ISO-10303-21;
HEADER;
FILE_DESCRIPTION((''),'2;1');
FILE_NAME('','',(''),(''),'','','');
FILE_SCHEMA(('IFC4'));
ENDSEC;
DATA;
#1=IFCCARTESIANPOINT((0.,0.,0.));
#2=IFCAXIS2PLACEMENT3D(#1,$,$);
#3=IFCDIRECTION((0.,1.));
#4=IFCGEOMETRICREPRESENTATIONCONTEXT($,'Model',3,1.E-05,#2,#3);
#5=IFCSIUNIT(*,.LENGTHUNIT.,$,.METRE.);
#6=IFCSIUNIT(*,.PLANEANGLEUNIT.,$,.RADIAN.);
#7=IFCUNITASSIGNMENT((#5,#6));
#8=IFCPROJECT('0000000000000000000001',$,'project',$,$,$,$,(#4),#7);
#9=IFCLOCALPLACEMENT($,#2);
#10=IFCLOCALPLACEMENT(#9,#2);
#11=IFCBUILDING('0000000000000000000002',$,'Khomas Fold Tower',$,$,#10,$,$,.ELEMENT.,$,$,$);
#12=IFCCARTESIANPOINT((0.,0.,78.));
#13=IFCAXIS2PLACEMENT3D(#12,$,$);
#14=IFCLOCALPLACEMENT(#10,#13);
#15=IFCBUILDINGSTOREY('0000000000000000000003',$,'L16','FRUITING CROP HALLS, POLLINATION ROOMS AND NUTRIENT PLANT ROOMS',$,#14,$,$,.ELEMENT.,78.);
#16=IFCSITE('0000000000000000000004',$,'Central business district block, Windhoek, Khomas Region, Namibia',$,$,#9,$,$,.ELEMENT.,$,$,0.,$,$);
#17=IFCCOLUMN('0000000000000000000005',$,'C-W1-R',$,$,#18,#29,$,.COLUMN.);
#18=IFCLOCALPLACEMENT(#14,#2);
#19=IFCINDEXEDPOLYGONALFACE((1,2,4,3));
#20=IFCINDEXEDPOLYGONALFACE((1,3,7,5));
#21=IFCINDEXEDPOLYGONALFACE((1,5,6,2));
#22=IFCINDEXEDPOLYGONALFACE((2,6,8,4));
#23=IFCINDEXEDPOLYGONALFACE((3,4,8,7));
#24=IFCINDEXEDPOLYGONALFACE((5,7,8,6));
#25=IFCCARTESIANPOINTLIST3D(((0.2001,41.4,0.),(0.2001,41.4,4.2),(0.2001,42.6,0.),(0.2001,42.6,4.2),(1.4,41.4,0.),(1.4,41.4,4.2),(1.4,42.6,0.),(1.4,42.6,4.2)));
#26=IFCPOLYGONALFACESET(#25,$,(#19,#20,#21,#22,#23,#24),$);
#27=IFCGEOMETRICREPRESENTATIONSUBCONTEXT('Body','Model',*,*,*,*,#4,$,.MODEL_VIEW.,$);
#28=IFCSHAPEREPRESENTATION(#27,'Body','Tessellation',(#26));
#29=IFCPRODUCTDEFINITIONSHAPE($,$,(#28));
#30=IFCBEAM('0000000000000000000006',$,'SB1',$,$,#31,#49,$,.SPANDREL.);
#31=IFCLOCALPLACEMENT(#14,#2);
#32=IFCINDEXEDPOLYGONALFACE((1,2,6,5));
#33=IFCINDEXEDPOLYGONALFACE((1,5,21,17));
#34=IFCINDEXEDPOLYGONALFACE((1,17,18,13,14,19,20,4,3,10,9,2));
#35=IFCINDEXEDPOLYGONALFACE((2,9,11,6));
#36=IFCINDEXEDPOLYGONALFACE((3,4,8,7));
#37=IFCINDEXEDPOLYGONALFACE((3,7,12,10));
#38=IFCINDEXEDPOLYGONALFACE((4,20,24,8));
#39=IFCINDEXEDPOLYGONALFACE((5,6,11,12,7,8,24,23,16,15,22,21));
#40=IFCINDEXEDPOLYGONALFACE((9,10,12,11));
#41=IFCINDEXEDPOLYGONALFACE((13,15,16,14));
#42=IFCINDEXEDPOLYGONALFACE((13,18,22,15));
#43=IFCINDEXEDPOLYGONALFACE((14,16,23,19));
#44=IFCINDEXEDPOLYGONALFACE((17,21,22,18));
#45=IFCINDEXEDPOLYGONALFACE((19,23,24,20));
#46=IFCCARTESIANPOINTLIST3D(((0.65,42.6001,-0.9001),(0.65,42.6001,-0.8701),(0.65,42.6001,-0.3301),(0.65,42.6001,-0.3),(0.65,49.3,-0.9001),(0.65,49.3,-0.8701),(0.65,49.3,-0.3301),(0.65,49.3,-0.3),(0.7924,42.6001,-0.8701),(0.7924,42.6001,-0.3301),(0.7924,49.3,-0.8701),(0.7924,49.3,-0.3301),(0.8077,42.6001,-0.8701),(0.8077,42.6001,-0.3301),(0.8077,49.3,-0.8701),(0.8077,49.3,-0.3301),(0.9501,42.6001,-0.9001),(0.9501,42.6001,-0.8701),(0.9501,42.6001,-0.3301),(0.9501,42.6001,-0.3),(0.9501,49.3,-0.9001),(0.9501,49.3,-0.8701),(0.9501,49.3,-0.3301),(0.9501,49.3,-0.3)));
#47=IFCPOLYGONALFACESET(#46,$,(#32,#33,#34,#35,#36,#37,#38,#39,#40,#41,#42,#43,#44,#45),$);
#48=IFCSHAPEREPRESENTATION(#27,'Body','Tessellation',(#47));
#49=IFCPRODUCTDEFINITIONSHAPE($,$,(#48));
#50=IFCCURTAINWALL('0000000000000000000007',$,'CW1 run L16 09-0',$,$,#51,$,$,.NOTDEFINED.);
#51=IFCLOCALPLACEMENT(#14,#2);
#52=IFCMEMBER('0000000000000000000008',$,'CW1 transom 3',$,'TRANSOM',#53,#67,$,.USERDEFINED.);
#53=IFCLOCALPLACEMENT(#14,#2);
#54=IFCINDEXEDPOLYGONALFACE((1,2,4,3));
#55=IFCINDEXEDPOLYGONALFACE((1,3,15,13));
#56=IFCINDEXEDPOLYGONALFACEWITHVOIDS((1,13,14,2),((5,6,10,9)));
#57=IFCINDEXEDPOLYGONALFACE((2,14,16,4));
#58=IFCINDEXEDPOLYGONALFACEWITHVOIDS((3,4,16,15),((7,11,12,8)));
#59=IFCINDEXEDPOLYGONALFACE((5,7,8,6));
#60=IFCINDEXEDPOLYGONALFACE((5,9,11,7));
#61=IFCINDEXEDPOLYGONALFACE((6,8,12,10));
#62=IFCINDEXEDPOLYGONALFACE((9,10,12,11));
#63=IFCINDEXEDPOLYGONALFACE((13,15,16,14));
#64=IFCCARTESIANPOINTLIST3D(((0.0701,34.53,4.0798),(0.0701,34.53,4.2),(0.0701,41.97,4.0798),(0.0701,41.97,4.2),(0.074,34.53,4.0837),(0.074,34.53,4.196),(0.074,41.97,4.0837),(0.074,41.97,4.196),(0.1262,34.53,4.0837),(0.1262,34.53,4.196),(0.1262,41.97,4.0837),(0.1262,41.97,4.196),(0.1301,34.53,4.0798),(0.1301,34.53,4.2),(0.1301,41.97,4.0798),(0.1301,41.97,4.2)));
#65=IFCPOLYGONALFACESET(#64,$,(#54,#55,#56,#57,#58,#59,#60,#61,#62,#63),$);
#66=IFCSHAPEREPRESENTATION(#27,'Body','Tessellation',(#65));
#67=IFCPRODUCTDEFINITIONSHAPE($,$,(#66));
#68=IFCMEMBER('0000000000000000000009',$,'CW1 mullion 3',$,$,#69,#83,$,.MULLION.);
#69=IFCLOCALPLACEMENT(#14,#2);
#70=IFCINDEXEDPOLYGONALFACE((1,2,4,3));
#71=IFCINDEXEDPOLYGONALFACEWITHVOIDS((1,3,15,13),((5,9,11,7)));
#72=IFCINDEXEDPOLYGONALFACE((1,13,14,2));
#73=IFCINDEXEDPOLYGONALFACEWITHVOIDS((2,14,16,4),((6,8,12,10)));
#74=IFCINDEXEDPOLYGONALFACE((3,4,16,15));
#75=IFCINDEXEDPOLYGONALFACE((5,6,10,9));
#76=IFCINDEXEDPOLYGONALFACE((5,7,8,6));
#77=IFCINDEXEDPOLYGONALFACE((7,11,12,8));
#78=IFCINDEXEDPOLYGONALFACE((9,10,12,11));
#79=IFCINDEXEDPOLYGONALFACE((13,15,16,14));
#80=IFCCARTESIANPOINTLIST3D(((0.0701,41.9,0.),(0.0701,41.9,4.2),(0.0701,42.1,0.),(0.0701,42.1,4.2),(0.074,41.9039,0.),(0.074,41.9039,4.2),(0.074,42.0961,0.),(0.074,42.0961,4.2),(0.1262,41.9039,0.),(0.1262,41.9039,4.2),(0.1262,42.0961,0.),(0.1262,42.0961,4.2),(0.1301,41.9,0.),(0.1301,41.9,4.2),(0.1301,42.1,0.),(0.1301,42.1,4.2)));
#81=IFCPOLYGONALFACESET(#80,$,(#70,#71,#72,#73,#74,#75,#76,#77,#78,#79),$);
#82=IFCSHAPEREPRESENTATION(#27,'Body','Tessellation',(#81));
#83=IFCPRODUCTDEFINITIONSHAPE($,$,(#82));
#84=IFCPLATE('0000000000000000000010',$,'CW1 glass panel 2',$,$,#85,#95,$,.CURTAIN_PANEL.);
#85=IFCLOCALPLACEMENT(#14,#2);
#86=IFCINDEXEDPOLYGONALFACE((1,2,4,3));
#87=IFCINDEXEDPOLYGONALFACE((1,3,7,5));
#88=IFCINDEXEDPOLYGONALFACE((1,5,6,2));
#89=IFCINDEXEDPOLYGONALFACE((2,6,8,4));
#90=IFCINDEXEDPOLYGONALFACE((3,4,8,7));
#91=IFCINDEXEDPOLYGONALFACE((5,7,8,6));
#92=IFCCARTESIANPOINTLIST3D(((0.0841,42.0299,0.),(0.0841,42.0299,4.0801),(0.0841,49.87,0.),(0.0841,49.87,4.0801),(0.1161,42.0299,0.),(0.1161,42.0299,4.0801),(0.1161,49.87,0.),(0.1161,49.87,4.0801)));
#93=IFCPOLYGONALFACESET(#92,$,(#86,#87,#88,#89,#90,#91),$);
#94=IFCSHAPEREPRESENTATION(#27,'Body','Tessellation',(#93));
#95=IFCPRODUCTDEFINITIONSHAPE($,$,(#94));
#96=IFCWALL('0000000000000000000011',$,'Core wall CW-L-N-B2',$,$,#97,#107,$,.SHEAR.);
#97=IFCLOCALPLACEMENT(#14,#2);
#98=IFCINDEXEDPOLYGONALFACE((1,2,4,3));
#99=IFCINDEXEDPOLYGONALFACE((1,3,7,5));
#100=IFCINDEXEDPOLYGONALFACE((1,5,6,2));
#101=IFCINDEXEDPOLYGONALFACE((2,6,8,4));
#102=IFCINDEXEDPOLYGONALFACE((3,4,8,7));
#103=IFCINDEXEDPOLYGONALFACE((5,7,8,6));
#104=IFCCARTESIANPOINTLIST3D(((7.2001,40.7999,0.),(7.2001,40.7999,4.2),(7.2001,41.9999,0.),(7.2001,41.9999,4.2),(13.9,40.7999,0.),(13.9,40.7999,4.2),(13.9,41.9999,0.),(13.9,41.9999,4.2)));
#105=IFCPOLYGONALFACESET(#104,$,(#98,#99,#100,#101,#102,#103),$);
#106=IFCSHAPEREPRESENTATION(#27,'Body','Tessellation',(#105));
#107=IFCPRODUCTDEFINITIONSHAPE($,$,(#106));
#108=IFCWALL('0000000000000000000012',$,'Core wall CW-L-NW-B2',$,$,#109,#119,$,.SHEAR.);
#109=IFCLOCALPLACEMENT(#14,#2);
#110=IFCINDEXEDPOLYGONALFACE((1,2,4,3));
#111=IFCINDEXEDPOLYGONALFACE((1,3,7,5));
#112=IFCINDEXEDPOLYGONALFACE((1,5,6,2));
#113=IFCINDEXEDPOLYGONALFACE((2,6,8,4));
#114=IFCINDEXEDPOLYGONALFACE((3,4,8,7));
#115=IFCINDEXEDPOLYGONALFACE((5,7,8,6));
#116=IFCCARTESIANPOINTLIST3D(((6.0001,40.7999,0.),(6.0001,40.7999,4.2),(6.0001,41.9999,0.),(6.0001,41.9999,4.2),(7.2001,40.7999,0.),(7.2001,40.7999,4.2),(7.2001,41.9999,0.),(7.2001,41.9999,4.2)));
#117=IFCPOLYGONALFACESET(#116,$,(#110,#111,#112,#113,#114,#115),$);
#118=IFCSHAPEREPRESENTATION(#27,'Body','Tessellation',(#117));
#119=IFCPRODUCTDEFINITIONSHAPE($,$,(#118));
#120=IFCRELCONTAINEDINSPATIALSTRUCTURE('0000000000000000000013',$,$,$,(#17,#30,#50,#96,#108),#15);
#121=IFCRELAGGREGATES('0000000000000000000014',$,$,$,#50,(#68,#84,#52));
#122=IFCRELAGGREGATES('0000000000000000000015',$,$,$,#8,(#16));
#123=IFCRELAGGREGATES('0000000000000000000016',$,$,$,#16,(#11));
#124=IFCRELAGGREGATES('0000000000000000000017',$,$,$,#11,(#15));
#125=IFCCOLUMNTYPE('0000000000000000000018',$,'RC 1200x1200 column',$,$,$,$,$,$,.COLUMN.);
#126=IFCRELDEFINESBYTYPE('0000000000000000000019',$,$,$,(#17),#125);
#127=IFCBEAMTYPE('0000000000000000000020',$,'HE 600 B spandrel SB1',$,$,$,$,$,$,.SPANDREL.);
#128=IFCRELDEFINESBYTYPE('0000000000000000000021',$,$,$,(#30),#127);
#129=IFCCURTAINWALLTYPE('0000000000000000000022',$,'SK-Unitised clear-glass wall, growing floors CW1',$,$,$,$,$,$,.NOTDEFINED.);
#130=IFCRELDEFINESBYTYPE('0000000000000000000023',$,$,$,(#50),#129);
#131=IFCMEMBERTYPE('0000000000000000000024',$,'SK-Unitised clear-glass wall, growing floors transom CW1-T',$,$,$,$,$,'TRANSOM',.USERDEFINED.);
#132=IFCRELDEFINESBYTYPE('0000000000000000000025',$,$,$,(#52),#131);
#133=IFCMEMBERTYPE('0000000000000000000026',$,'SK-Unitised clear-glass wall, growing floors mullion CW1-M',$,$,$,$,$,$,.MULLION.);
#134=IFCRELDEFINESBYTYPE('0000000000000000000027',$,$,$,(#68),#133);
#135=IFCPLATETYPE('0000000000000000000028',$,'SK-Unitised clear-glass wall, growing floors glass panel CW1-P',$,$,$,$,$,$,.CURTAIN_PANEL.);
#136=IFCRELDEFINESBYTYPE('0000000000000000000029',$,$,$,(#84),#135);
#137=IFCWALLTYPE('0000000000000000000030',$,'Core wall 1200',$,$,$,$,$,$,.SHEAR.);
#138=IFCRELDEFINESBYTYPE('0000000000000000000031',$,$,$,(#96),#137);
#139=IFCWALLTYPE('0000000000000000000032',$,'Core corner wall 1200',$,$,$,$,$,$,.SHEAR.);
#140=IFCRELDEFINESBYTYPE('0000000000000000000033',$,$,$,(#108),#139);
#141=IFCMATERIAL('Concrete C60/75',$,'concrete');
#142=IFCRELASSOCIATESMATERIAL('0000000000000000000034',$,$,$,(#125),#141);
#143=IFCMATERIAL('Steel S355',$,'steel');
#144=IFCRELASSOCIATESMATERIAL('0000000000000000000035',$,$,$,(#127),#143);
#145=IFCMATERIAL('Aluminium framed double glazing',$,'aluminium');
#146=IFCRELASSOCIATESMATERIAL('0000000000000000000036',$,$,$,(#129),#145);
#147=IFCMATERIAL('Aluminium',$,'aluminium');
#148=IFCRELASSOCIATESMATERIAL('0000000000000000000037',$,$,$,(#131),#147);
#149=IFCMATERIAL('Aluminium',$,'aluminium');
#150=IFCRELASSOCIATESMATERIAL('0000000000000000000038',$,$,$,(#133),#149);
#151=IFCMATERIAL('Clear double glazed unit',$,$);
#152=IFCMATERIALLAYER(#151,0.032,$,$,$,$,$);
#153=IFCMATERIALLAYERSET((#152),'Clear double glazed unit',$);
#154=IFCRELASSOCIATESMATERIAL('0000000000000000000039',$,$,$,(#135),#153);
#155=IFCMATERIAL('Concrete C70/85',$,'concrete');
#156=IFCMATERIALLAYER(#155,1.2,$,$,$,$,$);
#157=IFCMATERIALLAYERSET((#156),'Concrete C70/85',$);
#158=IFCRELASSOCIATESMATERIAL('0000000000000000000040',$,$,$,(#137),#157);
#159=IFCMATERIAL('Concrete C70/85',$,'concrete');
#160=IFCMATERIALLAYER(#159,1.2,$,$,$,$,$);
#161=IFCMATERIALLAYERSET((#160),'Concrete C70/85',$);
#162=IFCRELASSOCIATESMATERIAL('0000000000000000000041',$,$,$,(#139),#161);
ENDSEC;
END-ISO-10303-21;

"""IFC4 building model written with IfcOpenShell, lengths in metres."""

from ifc_helpers import new_model, si_unit, direction, frame, frame_2d, origin, origin_2d, place, context, subcontext, project, spatial, rectangle, hollow_rectangle, i_section, extrude, source, transform, mapped, material, layer, layer_set, material_profile, profile_set, type_object, element, aggregate, save


model = new_model("IFC4")

# Units and contexts
model_context = context("Model", 3, precision=1e-05, world=origin(), true_north=direction((0.0, 1.0)))
body_context = subcontext(model_context, "Body", "Model", "MODEL_VIEW")
ifc_project = project(units=[si_unit("LENGTHUNIT", "METRE"), si_unit("PLANEANGLEUNIT", "RADIAN")], contexts=[model_context])

# Site, building, storey
site_placement = place(None, origin())
site = spatial("IfcSite", under=ifc_project, at=site_placement, Name="Central business district block, Windhoek, Khomas Region, Namibia", CompositionType="ELEMENT", RefElevation=0.0)
building_placement = place(site_placement, origin())
building = spatial("IfcBuilding", under=site, at=building_placement, Name="Khomas Fold Tower", CompositionType="ELEMENT")
storey_placement = place(building_placement, frame((0.0, 0.0, 78.0)))
storey = spatial("IfcBuildingStorey", under=building, at=storey_placement, Name="L16", Description="FRUITING CROP HALLS, POLLINATION ROOMS AND NUTRIENT PLANT ROOMS", CompositionType="ELEMENT", Elevation=78.0)

# Column
ifc_material_1 = material(Name="Concrete C60/75", Category="concrete")
ifc_material_profile_1 = material_profile(ifc_material_1, rectangle(XDim=1.2, YDim=1.2, at=origin_2d()), Name="RC 1200x1200")
ifc_profile_set_1 = profile_set([ifc_material_profile_1], Name="Concrete C60/75")
column_type = type_object("IfcColumnType", Name="RC 1200x1200 column", PredefinedType="COLUMN", material=ifc_profile_set_1)
shared_shape_1 = source(origin(), body_context, "Body", "SweptSolid", [
    extrude(rectangle(XDim=1.2, YDim=1.2, at=origin_2d()), origin(), (0.0, 0.0, 1.0), 4.2),
])
column_placement = place(storey_placement, frame((0.8, 42.0, 0.0), z_axis=(0.0, 0.0, 1.0), x_axis=(1.0, 0.0, 0.0)))
element("IfcColumn", 1, at=column_placement, inside=storey, type_object=column_type, Name="C-W1-R", PredefinedType="COLUMN", context=body_context, shape_type="MappedRepresentation", body=[
    mapped(shared_shape_1, transform((0.0, 0.0, 0.0))),
])

# Beam
ifc_material_2 = material(Name="Steel S355", Category="steel")
ifc_material_profile_2 = material_profile(ifc_material_2, i_section(OverallWidth=0.3, OverallDepth=0.6001, WebThickness=0.0154, FlangeThickness=0.03, at=origin_2d()), Name="HE 600 B")
ifc_profile_set_2 = profile_set([ifc_material_profile_2], Name="Steel S355")
beam_type = type_object("IfcBeamType", Name="HE 600 B spandrel SB1", PredefinedType="SPANDREL", material=ifc_profile_set_2)
shared_shape_2 = source(origin(), body_context, "Body", "SweptSolid", [
    extrude(i_section(OverallWidth=0.3, OverallDepth=0.6001, WebThickness=0.0154, FlangeThickness=0.03, at=origin_2d()), origin(), (0.0, 0.0, 1.0), 6.7),
])
beam_placement = place(storey_placement, frame((0.8, 42.6001, -0.6001), z_axis=(0.0, 1.0, 0.0), x_axis=(-1.0, 0.0, 0.0)))
element("IfcBeam", 2, at=beam_placement, inside=storey, type_object=beam_type, Name="SB1", PredefinedType="SPANDREL", context=body_context, shape_type="MappedRepresentation", body=[
    mapped(shared_shape_2, transform((0.0, 0.0, 0.0))),
])

# Curtain wall, members, plate
ifc_material_3 = material(Name="Aluminium framed double glazing", Category="aluminium")
curtain_wall_type = type_object("IfcCurtainWallType", Name="SK-Unitised clear-glass wall, growing floors CW1", PredefinedType="NOTDEFINED", material=ifc_material_3)
curtain_wall_placement = place(storey_placement, origin())
curtain_wall = element("IfcCurtainWall", 3, at=curtain_wall_placement, inside=storey, type_object=curtain_wall_type, Name="CW1 run L16 09-0", PredefinedType="NOTDEFINED")
ifc_material_4 = material(Name="Aluminium", Category="aluminium")
ifc_material_profile_3 = material_profile(ifc_material_4, hollow_rectangle(XDim=0.0601, YDim=0.1201, WallThickness=0.0039, at=origin_2d()), Name="SK-Unitised clear-glass wall, growing floors transom CW1-T")
ifc_profile_set_3 = profile_set([ifc_material_profile_3], Name="Aluminium")
member_type_1 = type_object("IfcMemberType", Name="SK-Unitised clear-glass wall, growing floors transom CW1-T", ElementType="TRANSOM", PredefinedType="USERDEFINED", material=ifc_profile_set_3)
shared_shape_3 = source(origin(), body_context, "Body", "SweptSolid", [
    extrude(hollow_rectangle(XDim=0.0601, YDim=0.1201, WallThickness=0.0039, at=origin_2d()), origin(), (0.0, 0.0, 1.0), 7.4399),
])
member_1_placement = place(storey_placement, frame((0.1001, 41.97, 4.1399), z_axis=(0.0, -1.0, 0.0), x_axis=(1.0, 0.0, 0.0)))
member_1 = element("IfcMember", 4, at=member_1_placement, type_object=member_type_1, Name="CW1 transom 3", ObjectType="TRANSOM", PredefinedType="USERDEFINED", context=body_context, shape_type="MappedRepresentation", body=[
    mapped(shared_shape_3, transform((0.0, 0.0, 0.0))),
])
ifc_material_5 = material(Name="Aluminium", Category="aluminium")
ifc_material_profile_4 = material_profile(ifc_material_5, hollow_rectangle(XDim=0.0601, YDim=0.2, WallThickness=0.0039, at=origin_2d()), Name="SK-Unitised clear-glass wall, growing floors mullion CW1-M")
ifc_profile_set_4 = profile_set([ifc_material_profile_4], Name="Aluminium")
member_type_2 = type_object("IfcMemberType", Name="SK-Unitised clear-glass wall, growing floors mullion CW1-M", PredefinedType="MULLION", material=ifc_profile_set_4)
shared_shape_4 = source(origin(), body_context, "Body", "SweptSolid", [
    extrude(hollow_rectangle(XDim=0.0601, YDim=0.2, WallThickness=0.0039, at=origin_2d()), origin(), (0.0, 0.0, 1.0), 4.2),
])
member_2_placement = place(storey_placement, frame((0.1001, 42.0, 0.0), z_axis=(0.0, 0.0, 1.0), x_axis=(1.0, 0.0, 0.0)))
member_2 = element("IfcMember", 5, at=member_2_placement, type_object=member_type_2, Name="CW1 mullion 3", PredefinedType="MULLION", context=body_context, shape_type="MappedRepresentation", body=[
    mapped(shared_shape_4, transform((0.0, 0.0, 0.0))),
])
ifc_material_6 = material(Name="Clear double glazed unit")
ifc_layer_1 = layer(ifc_material_6, 0.032)
ifc_layer_set_1 = layer_set([ifc_layer_1], Name="Clear double glazed unit")
plate_type = type_object("IfcPlateType", Name="SK-Unitised clear-glass wall, growing floors glass panel CW1-P", PredefinedType="CURTAIN_PANEL", material=ifc_layer_set_1)
shared_shape_5 = source(origin(), body_context, "Body", "SweptSolid", [
    extrude(rectangle(XDim=7.8401, YDim=0.032, at=origin_2d()), origin(), (0.0, 0.0, 1.0), 4.0801),
])
plate_placement = place(storey_placement, frame((0.1001, 45.95, 0.0), z_axis=(0.0, 0.0, 1.0), x_axis=(0.0, -1.0, 0.0)))
plate = element("IfcPlate", 6, at=plate_placement, type_object=plate_type, Name="CW1 glass panel 2", PredefinedType="CURTAIN_PANEL", context=body_context, shape_type="MappedRepresentation", body=[
    mapped(shared_shape_5, transform((0.0, 0.0, 0.0))),
])
aggregate(curtain_wall, [member_2, plate, member_1])

# Walls
ifc_material_7 = material(Name="Concrete C70/85", Category="concrete")
ifc_layer_2 = layer(ifc_material_7, 1.2)
ifc_layer_set_2 = layer_set([ifc_layer_2], Name="Concrete C70/85")
wall_type_1 = type_object("IfcWallType", Name="Core wall 1200", PredefinedType="SHEAR", material=ifc_layer_set_2)
shared_shape_6 = source(origin(), body_context, "Body", "SweptSolid", [
    extrude(rectangle(XDim=6.7, YDim=1.2, at=frame_2d((3.3501, 0.0))), origin(), (0.0, 0.0, 1.0), 4.2),
])
wall_1_placement = place(storey_placement, frame((7.2, 41.3999, 0.0), z_axis=(0.0, 0.0, 1.0), x_axis=(1.0, 0.0, 0.0)))
element("IfcWall", 7, at=wall_1_placement, inside=storey, type_object=wall_type_1, Name="Core wall CW-L-N-B2", PredefinedType="SHEAR", context=body_context, shape_type="MappedRepresentation", body=[
    mapped(shared_shape_6, transform((0.0, 0.0, 0.0))),
])
ifc_material_8 = material(Name="Concrete C70/85", Category="concrete")
ifc_layer_3 = layer(ifc_material_8, 1.2)
ifc_layer_set_3 = layer_set([ifc_layer_3], Name="Concrete C70/85")
wall_type_2 = type_object("IfcWallType", Name="Core corner wall 1200", PredefinedType="SHEAR", material=ifc_layer_set_3)
shared_shape_7 = source(origin(), body_context, "Body", "SweptSolid", [
    extrude(rectangle(XDim=1.2, YDim=1.2, at=frame_2d((0.6001, 0.0))), origin(), (0.0, 0.0, 1.0), 4.2),
])
wall_2_placement = place(storey_placement, frame((6.0, 41.3999, 0.0), z_axis=(0.0, 0.0, 1.0), x_axis=(1.0, 0.0, 0.0)))
element("IfcWall", 8, at=wall_2_placement, inside=storey, type_object=wall_type_2, Name="Core wall CW-L-NW-B2", PredefinedType="SHEAR", context=body_context, shape_type="MappedRepresentation", body=[
    mapped(shared_shape_7, transform((0.0, 0.0, 0.0))),
])

save(model, "model.ifc")
